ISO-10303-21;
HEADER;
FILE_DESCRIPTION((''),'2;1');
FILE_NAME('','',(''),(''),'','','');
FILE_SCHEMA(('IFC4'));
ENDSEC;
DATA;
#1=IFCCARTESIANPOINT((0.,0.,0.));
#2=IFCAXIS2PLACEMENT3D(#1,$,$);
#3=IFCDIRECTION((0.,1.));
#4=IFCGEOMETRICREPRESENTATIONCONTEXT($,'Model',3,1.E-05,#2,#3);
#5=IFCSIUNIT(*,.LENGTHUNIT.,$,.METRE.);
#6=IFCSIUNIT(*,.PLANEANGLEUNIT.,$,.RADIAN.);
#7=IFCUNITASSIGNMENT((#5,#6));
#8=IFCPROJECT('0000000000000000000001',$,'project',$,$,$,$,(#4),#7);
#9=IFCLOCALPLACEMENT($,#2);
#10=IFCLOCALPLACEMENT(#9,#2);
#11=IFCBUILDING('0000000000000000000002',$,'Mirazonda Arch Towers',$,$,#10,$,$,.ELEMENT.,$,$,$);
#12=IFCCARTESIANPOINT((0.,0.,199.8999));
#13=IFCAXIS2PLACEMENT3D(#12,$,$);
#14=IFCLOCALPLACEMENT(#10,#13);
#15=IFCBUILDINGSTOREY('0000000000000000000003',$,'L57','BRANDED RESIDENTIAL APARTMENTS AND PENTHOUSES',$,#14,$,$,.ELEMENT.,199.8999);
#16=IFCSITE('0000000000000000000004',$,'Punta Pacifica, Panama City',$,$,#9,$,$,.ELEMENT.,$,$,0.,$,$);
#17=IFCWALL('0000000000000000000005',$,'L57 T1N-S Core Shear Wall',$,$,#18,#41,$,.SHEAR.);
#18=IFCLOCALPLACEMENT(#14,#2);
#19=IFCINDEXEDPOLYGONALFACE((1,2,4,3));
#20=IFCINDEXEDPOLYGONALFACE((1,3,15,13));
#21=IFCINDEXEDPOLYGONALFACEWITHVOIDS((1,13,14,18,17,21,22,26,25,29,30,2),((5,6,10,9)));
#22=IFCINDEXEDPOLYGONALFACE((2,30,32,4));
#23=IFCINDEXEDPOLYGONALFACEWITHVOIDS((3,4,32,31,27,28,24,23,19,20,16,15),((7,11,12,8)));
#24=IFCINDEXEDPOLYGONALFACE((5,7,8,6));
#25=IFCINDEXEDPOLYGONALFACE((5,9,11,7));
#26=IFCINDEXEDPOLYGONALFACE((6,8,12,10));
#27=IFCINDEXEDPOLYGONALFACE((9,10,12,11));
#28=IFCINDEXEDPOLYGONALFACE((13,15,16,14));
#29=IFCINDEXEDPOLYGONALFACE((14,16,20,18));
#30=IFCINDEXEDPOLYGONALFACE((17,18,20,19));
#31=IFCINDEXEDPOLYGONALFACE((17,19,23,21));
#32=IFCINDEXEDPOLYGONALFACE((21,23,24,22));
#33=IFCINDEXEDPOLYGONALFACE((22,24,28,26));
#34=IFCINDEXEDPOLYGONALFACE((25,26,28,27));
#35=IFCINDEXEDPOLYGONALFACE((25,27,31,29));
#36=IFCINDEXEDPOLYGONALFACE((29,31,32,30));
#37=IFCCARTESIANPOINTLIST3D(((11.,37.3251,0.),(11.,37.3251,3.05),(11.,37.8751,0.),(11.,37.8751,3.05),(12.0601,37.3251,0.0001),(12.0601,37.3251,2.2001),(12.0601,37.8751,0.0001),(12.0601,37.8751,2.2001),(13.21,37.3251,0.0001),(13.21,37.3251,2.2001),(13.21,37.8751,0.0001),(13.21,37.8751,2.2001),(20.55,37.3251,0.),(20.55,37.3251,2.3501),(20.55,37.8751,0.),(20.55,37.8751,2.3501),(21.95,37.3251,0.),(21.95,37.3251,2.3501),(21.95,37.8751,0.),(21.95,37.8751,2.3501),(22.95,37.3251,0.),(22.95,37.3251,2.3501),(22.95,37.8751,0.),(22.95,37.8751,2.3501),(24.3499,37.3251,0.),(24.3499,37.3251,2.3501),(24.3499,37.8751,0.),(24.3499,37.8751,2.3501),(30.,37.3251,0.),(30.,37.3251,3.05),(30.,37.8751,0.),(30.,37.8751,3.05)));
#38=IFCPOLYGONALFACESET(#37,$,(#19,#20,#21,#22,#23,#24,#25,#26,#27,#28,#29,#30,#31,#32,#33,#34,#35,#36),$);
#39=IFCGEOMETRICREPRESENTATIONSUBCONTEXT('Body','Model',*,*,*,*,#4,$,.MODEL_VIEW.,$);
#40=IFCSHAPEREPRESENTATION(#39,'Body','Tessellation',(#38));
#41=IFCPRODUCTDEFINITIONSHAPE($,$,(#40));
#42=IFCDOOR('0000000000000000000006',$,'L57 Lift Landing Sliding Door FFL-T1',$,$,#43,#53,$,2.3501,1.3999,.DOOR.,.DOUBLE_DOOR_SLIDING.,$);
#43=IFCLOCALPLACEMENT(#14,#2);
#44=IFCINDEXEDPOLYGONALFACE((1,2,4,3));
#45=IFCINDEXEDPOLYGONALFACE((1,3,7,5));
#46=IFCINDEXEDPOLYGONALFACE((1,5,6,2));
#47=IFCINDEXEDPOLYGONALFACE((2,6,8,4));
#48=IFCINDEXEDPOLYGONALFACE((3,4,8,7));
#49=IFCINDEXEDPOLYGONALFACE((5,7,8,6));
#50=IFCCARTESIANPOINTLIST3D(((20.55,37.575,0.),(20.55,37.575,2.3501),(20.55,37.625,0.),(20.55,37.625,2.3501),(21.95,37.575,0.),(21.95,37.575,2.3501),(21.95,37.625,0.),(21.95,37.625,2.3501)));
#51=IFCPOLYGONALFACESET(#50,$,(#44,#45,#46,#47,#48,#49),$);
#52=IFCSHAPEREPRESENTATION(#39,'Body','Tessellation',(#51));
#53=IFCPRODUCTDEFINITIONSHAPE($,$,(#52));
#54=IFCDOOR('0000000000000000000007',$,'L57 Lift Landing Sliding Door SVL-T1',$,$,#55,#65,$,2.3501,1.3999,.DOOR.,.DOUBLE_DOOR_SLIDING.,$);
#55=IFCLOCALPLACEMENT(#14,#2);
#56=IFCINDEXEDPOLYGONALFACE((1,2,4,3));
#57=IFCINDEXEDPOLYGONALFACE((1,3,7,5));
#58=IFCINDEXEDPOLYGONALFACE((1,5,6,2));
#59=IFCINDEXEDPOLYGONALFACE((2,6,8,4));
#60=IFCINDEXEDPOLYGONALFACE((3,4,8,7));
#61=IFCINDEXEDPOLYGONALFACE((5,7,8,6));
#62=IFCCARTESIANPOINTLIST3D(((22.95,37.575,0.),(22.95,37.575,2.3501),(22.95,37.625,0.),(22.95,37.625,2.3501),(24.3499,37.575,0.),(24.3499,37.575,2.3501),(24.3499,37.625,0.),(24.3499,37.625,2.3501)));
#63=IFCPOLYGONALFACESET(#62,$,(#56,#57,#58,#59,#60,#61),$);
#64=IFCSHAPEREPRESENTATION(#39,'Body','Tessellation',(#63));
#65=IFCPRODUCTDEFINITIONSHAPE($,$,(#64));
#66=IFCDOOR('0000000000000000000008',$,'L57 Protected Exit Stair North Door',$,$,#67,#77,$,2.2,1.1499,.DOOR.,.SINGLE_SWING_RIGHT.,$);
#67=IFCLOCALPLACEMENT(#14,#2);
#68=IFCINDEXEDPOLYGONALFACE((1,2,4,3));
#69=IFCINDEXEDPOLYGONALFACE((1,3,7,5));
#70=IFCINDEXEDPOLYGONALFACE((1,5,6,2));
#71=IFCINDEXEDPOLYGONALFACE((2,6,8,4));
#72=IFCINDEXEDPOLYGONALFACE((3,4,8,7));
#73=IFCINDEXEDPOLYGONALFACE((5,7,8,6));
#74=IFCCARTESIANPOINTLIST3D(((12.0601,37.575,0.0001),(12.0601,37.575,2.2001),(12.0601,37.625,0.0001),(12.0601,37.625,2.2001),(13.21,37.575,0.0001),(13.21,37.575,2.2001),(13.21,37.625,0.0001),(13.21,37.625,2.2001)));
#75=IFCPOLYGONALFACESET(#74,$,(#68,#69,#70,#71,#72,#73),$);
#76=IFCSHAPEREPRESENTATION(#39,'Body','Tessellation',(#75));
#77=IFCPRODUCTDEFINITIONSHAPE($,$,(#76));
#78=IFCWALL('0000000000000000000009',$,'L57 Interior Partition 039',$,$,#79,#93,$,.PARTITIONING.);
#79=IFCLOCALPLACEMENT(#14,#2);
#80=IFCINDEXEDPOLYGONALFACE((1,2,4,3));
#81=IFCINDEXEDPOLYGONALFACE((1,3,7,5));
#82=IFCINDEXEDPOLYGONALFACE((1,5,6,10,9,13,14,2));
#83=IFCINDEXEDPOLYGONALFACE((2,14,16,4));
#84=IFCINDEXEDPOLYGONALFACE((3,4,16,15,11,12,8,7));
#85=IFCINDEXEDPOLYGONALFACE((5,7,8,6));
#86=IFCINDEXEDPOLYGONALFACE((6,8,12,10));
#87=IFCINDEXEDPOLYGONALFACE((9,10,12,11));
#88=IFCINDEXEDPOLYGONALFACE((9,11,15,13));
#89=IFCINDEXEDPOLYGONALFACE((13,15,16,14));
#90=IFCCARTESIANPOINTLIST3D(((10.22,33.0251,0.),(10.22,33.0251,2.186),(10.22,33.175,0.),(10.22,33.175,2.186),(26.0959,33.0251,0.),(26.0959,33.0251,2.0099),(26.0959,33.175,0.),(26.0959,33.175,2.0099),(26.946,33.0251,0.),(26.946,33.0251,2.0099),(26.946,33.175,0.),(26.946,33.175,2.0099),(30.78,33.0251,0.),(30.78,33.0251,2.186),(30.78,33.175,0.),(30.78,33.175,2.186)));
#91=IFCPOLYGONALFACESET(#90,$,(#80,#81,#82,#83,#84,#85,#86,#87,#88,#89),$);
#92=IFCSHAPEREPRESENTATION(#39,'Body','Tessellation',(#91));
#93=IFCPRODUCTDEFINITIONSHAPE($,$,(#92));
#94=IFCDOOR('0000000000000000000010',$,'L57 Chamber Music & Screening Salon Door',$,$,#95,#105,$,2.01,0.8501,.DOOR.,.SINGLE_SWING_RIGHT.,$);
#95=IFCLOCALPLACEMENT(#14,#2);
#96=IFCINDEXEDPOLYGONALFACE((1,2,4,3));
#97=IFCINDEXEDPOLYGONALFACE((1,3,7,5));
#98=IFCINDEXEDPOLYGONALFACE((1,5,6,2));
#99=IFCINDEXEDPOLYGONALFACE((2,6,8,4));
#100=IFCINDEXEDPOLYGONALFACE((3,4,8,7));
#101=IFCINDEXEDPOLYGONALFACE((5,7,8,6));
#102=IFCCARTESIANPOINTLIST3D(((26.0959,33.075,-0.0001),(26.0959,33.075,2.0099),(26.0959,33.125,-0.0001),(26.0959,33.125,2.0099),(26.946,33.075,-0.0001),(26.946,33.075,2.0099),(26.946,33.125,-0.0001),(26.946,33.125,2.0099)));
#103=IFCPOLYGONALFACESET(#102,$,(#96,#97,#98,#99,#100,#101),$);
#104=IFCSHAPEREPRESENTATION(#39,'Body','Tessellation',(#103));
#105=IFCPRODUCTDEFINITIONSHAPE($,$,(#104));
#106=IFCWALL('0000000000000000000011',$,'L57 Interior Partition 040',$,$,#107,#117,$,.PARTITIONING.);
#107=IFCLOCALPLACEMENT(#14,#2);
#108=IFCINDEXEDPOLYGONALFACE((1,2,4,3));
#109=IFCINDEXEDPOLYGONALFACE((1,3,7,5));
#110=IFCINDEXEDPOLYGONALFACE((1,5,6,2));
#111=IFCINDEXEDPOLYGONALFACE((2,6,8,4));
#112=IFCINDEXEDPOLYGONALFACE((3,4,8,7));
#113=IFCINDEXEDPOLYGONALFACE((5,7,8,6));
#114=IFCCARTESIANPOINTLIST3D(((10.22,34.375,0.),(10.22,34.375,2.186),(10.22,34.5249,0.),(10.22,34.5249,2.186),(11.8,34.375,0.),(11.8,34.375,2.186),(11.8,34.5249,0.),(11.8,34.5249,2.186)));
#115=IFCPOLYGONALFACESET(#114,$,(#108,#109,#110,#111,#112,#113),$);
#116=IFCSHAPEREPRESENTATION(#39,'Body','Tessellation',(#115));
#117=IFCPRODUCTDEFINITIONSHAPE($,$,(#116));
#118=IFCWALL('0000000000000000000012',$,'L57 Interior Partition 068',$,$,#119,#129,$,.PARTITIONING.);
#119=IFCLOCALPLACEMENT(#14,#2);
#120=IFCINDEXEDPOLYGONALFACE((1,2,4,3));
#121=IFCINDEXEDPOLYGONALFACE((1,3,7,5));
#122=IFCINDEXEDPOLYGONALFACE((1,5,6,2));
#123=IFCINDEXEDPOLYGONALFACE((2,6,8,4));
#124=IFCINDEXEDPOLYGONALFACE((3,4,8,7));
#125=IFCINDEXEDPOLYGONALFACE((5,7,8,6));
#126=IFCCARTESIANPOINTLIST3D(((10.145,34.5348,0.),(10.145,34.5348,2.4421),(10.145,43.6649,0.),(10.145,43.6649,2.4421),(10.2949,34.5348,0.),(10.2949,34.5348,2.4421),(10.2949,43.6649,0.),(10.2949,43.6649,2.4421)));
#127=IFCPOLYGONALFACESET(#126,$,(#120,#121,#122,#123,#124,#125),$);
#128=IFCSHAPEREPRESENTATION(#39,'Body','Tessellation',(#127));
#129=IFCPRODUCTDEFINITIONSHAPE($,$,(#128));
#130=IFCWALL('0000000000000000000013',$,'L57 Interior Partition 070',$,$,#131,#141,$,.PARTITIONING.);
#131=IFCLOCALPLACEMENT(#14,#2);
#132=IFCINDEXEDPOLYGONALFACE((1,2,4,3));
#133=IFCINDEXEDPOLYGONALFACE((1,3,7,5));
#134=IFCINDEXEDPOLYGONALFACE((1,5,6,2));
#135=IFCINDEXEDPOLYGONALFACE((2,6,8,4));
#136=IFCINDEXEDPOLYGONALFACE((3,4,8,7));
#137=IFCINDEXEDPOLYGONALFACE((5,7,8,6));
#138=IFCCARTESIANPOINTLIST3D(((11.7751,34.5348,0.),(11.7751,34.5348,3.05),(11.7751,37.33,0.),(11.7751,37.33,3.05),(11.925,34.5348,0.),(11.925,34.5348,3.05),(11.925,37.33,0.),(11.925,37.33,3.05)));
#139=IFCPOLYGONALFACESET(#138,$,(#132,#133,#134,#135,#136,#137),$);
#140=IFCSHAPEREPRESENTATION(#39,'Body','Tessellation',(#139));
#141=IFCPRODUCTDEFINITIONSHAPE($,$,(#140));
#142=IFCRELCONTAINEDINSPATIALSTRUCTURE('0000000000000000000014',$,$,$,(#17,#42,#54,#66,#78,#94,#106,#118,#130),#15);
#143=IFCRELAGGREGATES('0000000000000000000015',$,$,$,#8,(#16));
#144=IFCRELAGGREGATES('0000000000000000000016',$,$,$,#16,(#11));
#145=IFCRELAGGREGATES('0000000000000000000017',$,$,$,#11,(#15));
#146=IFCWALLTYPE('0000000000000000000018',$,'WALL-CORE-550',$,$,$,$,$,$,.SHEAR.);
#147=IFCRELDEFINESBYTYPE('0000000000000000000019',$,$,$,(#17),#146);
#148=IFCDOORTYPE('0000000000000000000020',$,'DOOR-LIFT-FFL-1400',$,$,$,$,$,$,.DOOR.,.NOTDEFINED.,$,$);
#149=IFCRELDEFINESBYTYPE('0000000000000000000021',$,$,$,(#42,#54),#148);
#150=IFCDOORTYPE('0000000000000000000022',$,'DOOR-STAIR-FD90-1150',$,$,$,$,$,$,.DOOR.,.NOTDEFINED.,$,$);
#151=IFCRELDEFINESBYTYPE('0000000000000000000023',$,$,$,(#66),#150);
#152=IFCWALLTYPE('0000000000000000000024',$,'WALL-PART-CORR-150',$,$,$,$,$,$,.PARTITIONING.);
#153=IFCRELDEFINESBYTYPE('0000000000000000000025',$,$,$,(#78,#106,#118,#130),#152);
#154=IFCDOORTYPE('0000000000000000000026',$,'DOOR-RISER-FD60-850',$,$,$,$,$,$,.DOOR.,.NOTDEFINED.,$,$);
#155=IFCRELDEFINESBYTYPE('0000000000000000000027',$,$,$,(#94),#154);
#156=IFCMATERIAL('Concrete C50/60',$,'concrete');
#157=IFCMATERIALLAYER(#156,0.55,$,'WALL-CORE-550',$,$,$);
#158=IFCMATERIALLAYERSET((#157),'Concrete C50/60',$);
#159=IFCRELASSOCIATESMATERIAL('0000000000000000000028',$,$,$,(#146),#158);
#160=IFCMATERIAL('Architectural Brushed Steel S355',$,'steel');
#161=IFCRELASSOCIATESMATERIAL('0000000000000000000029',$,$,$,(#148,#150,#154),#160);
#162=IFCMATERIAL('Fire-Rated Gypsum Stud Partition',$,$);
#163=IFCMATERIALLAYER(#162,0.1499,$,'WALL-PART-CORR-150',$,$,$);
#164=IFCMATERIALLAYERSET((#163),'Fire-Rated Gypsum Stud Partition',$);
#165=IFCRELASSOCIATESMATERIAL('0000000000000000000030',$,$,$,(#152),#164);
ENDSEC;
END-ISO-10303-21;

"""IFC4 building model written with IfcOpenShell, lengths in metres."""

from ifc_helpers import new_model, si_unit, direction, frame, frame_2d, origin, place, context, subcontext, project, spatial, rectangle, extrude, material, layer, layer_set, type_object, element, fill, save


model = new_model("IFC4")

# Units and contexts
model_context = context("Model", 3, precision=1e-05, world=origin(), true_north=direction((0.0, 1.0)))
body_context = subcontext(model_context, "Body", "Model", "MODEL_VIEW")
ifc_project = project(units=[si_unit("LENGTHUNIT", "METRE"), si_unit("PLANEANGLEUNIT", "RADIAN")], contexts=[model_context])

# Site, building, storey
site_placement = place(None, origin())
site = spatial("IfcSite", under=ifc_project, at=site_placement, Name="Punta Pacifica, Panama City", CompositionType="ELEMENT", RefElevation=0.0)
building_placement = place(site_placement, origin())
building = spatial("IfcBuilding", under=site, at=building_placement, Name="Mirazonda Arch Towers", CompositionType="ELEMENT")
storey_placement = place(building_placement, frame((0.0, 0.0, 199.8999)))
storey = spatial("IfcBuildingStorey", under=building, at=storey_placement, Name="L57", Description="BRANDED RESIDENTIAL APARTMENTS AND PENTHOUSES", CompositionType="ELEMENT", Elevation=199.8999)

# Shared definitions
ifc_material_1 = material(Name="Concrete C50/60", Category="concrete")

# Shared definitions
ifc_layer_1 = layer(ifc_material_1, 0.55, Name="WALL-CORE-550")
ifc_layer_set_1 = layer_set([ifc_layer_1], Name="Concrete C50/60")
wall_type_1 = type_object("IfcWallType", Name="WALL-CORE-550", PredefinedType="SHEAR", material=ifc_layer_set_1)

# Wall, openings, doors
wall_1_placement = place(storey_placement, frame((11.0, 37.6001, 0.0), z_axis=(0.0, 0.0, 1.0), x_axis=(1.0, 0.0, 0.0)))
wall_1 = element("IfcWall", 1, at=wall_1_placement, inside=storey, type_object=wall_type_1, Name="L57 T1N-S Core Shear Wall", PredefinedType="SHEAR", context=body_context, shape_type="SweptSolid", body=[
    extrude(rectangle(XDim=19.0, YDim=0.55, at=frame_2d((9.5, 0.0))), origin(), (0.0, 0.0, 1.0), 3.05),
])
opening_1_placement = place(wall_1_placement, frame((1.0601, 0.0, 0.0)))
opening_1 = element("IfcOpeningElement", 2, at=opening_1_placement, cuts=wall_1, PredefinedType="OPENING", context=body_context, shape_type="SweptSolid", body=[
    extrude(rectangle(XDim=1.1499, YDim=2.2, at=frame_2d((0.575, 1.1001))), frame((0.0, 0.2849, 0.0), z_axis=(0.0, -1.0, 0.0), x_axis=(1.0, 0.0, 0.0)), (0.0, 0.0, 1.0), 0.5701),
])
opening_2_placement = place(wall_1_placement, frame((9.55, 0.0, 0.0)))
opening_2 = element("IfcOpeningElement", 3, at=opening_2_placement, cuts=wall_1, PredefinedType="OPENING", context=body_context, shape_type="SweptSolid", body=[
    extrude(rectangle(XDim=1.3999, YDim=2.3501, at=frame_2d((0.7, 1.175))), frame((0.0, 0.2849, 0.0), z_axis=(0.0, -1.0, 0.0), x_axis=(1.0, 0.0, 0.0)), (0.0, 0.0, 1.0), 0.5701),
])
opening_3_placement = place(wall_1_placement, frame((11.95, 0.0, 0.0)))
opening_3 = element("IfcOpeningElement", 4, at=opening_3_placement, cuts=wall_1, PredefinedType="OPENING", context=body_context, shape_type="SweptSolid", body=[
    extrude(rectangle(XDim=1.3999, YDim=2.3501, at=frame_2d((0.7, 1.175))), frame((0.0, 0.2849, 0.0), z_axis=(0.0, -1.0, 0.0), x_axis=(1.0, 0.0, 0.0)), (0.0, 0.0, 1.0), 0.5701),
])
ifc_material_2 = material(Name="Architectural Brushed Steel S355", Category="steel")
door_type_1 = type_object("IfcDoorType", Name="DOOR-LIFT-FFL-1400", OperationType="NOTDEFINED", PredefinedType="DOOR", material=ifc_material_2)
door_1_placement = place(opening_2_placement, origin())
door_1 = element("IfcDoor", 5, at=door_1_placement, inside=storey, type_object=door_type_1, Name="L57 Lift Landing Sliding Door FFL-T1", OperationType="DOUBLE_DOOR_SLIDING", OverallHeight=2.3501, OverallWidth=1.3999, PredefinedType="DOOR", context=body_context, shape_type="SweptSolid", body=[
    extrude(rectangle(XDim=1.3999, YDim=2.3501, at=frame_2d((0.7, 1.175))), frame((0.0, 0.0249, 0.0), z_axis=(0.0, -1.0, 0.0), x_axis=(1.0, 0.0, 0.0)), (0.0, 0.0, 1.0), 0.05),
])
fill(opening_2, door_1)
door_2_placement = place(opening_3_placement, origin())
door_2 = element("IfcDoor", 6, at=door_2_placement, inside=storey, type_object=door_type_1, Name="L57 Lift Landing Sliding Door SVL-T1", OperationType="DOUBLE_DOOR_SLIDING", OverallHeight=2.3501, OverallWidth=1.3999, PredefinedType="DOOR", context=body_context, shape_type="SweptSolid", body=[
    extrude(rectangle(XDim=1.3999, YDim=2.3501, at=frame_2d((0.7, 1.175))), frame((0.0, 0.0249, 0.0), z_axis=(0.0, -1.0, 0.0), x_axis=(1.0, 0.0, 0.0)), (0.0, 0.0, 1.0), 0.05),
])
fill(opening_3, door_2)
door_type_2 = type_object("IfcDoorType", Name="DOOR-STAIR-FD90-1150", OperationType="NOTDEFINED", PredefinedType="DOOR", material=ifc_material_2)
door_3_placement = place(opening_1_placement, origin())
door_3 = element("IfcDoor", 7, at=door_3_placement, inside=storey, type_object=door_type_2, Name="L57 Protected Exit Stair North Door", OperationType="SINGLE_SWING_RIGHT", OverallHeight=2.2, OverallWidth=1.1499, PredefinedType="DOOR", context=body_context, shape_type="SweptSolid", body=[
    extrude(rectangle(XDim=1.1499, YDim=2.2, at=frame_2d((0.575, 1.1001))), frame((0.0, 0.0249, 0.0), z_axis=(0.0, -1.0, 0.0), x_axis=(1.0, 0.0, 0.0)), (0.0, 0.0, 1.0), 0.05),
])
fill(opening_1, door_3)

# Wall, opening, door
ifc_material_3 = material(Name="Fire-Rated Gypsum Stud Partition")
ifc_layer_2 = layer(ifc_material_3, 0.1499, Name="WALL-PART-CORR-150")
ifc_layer_set_2 = layer_set([ifc_layer_2], Name="Fire-Rated Gypsum Stud Partition")
wall_type_2 = type_object("IfcWallType", Name="WALL-PART-CORR-150", PredefinedType="PARTITIONING", material=ifc_layer_set_2)
wall_2_placement = place(storey_placement, frame((10.22, 33.1001, 0.0), z_axis=(0.0, 0.0, 1.0), x_axis=(1.0, 0.0, 0.0)))
wall_2 = element("IfcWall", 8, at=wall_2_placement, inside=storey, type_object=wall_type_2, Name="L57 Interior Partition 039", PredefinedType="PARTITIONING", context=body_context, shape_type="SweptSolid", body=[
    extrude(rectangle(XDim=20.5601, YDim=0.1499, at=frame_2d((10.28, 0.0))), origin(), (0.0, 0.0, 1.0), 2.186),
])
opening_4_placement = place(wall_2_placement, frame((15.876, 0.0, 0.0)))
opening_4 = element("IfcOpeningElement", 9, at=opening_4_placement, cuts=wall_2, PredefinedType="OPENING", context=body_context, shape_type="SweptSolid", body=[
    extrude(rectangle(XDim=0.8501, YDim=2.01, at=frame_2d((0.425, 1.0049))), frame((0.0, 0.085, 0.0), z_axis=(0.0, -1.0, 0.0), x_axis=(1.0, 0.0, 0.0)), (0.0, 0.0, 1.0), 0.1699),
])
door_type_3 = type_object("IfcDoorType", Name="DOOR-RISER-FD60-850", OperationType="NOTDEFINED", PredefinedType="DOOR", material=ifc_material_2)
door_4_placement = place(opening_4_placement, origin())
door_4 = element("IfcDoor", 10, at=door_4_placement, inside=storey, type_object=door_type_3, Name="L57 Chamber Music & Screening Salon Door", OperationType="SINGLE_SWING_RIGHT", OverallHeight=2.01, OverallWidth=0.8501, PredefinedType="DOOR", context=body_context, shape_type="SweptSolid", body=[
    extrude(rectangle(XDim=0.8501, YDim=2.01, at=frame_2d((0.425, 1.0049))), frame((0.0, 0.0249, 0.0), z_axis=(0.0, -1.0, 0.0), x_axis=(1.0, 0.0, 0.0)), (0.0, 0.0, 1.0), 0.05),
])
fill(opening_4, door_4)

# Walls
wall_3_placement = place(storey_placement, frame((10.22, 34.45, 0.0), z_axis=(0.0, 0.0, 1.0), x_axis=(1.0, 0.0, 0.0)))
element("IfcWall", 11, at=wall_3_placement, inside=storey, type_object=wall_type_2, Name="L57 Interior Partition 040", PredefinedType="PARTITIONING", context=body_context, shape_type="SweptSolid", body=[
    extrude(rectangle(XDim=1.5801, YDim=0.1499, at=frame_2d((0.79, 0.0))), origin(), (0.0, 0.0, 1.0), 2.186),
])
wall_4_placement = place(storey_placement, frame((10.22, 34.5349, 0.0), z_axis=(0.0, 0.0, 1.0), x_axis=(0.0, 1.0, 0.0)))
element("IfcWall", 12, at=wall_4_placement, inside=storey, type_object=wall_type_2, Name="L57 Interior Partition 068", PredefinedType="PARTITIONING", context=body_context, shape_type="SweptSolid", body=[
    extrude(rectangle(XDim=9.1301, YDim=0.1499, at=frame_2d((4.5649, 0.0))), origin(), (0.0, 0.0, 1.0), 2.4421),
])
wall_5_placement = place(storey_placement, frame((11.8501, 34.5349, 0.0), z_axis=(0.0, 0.0, 1.0), x_axis=(0.0, 1.0, 0.0)))
element("IfcWall", 13, at=wall_5_placement, inside=storey, type_object=wall_type_2, Name="L57 Interior Partition 070", PredefinedType="PARTITIONING", context=body_context, shape_type="SweptSolid", body=[
    extrude(rectangle(XDim=2.7952, YDim=0.1499, at=frame_2d((1.3975, 0.0))), origin(), (0.0, 0.0, 1.0), 3.05),
])

save(model, "model.ifc")
